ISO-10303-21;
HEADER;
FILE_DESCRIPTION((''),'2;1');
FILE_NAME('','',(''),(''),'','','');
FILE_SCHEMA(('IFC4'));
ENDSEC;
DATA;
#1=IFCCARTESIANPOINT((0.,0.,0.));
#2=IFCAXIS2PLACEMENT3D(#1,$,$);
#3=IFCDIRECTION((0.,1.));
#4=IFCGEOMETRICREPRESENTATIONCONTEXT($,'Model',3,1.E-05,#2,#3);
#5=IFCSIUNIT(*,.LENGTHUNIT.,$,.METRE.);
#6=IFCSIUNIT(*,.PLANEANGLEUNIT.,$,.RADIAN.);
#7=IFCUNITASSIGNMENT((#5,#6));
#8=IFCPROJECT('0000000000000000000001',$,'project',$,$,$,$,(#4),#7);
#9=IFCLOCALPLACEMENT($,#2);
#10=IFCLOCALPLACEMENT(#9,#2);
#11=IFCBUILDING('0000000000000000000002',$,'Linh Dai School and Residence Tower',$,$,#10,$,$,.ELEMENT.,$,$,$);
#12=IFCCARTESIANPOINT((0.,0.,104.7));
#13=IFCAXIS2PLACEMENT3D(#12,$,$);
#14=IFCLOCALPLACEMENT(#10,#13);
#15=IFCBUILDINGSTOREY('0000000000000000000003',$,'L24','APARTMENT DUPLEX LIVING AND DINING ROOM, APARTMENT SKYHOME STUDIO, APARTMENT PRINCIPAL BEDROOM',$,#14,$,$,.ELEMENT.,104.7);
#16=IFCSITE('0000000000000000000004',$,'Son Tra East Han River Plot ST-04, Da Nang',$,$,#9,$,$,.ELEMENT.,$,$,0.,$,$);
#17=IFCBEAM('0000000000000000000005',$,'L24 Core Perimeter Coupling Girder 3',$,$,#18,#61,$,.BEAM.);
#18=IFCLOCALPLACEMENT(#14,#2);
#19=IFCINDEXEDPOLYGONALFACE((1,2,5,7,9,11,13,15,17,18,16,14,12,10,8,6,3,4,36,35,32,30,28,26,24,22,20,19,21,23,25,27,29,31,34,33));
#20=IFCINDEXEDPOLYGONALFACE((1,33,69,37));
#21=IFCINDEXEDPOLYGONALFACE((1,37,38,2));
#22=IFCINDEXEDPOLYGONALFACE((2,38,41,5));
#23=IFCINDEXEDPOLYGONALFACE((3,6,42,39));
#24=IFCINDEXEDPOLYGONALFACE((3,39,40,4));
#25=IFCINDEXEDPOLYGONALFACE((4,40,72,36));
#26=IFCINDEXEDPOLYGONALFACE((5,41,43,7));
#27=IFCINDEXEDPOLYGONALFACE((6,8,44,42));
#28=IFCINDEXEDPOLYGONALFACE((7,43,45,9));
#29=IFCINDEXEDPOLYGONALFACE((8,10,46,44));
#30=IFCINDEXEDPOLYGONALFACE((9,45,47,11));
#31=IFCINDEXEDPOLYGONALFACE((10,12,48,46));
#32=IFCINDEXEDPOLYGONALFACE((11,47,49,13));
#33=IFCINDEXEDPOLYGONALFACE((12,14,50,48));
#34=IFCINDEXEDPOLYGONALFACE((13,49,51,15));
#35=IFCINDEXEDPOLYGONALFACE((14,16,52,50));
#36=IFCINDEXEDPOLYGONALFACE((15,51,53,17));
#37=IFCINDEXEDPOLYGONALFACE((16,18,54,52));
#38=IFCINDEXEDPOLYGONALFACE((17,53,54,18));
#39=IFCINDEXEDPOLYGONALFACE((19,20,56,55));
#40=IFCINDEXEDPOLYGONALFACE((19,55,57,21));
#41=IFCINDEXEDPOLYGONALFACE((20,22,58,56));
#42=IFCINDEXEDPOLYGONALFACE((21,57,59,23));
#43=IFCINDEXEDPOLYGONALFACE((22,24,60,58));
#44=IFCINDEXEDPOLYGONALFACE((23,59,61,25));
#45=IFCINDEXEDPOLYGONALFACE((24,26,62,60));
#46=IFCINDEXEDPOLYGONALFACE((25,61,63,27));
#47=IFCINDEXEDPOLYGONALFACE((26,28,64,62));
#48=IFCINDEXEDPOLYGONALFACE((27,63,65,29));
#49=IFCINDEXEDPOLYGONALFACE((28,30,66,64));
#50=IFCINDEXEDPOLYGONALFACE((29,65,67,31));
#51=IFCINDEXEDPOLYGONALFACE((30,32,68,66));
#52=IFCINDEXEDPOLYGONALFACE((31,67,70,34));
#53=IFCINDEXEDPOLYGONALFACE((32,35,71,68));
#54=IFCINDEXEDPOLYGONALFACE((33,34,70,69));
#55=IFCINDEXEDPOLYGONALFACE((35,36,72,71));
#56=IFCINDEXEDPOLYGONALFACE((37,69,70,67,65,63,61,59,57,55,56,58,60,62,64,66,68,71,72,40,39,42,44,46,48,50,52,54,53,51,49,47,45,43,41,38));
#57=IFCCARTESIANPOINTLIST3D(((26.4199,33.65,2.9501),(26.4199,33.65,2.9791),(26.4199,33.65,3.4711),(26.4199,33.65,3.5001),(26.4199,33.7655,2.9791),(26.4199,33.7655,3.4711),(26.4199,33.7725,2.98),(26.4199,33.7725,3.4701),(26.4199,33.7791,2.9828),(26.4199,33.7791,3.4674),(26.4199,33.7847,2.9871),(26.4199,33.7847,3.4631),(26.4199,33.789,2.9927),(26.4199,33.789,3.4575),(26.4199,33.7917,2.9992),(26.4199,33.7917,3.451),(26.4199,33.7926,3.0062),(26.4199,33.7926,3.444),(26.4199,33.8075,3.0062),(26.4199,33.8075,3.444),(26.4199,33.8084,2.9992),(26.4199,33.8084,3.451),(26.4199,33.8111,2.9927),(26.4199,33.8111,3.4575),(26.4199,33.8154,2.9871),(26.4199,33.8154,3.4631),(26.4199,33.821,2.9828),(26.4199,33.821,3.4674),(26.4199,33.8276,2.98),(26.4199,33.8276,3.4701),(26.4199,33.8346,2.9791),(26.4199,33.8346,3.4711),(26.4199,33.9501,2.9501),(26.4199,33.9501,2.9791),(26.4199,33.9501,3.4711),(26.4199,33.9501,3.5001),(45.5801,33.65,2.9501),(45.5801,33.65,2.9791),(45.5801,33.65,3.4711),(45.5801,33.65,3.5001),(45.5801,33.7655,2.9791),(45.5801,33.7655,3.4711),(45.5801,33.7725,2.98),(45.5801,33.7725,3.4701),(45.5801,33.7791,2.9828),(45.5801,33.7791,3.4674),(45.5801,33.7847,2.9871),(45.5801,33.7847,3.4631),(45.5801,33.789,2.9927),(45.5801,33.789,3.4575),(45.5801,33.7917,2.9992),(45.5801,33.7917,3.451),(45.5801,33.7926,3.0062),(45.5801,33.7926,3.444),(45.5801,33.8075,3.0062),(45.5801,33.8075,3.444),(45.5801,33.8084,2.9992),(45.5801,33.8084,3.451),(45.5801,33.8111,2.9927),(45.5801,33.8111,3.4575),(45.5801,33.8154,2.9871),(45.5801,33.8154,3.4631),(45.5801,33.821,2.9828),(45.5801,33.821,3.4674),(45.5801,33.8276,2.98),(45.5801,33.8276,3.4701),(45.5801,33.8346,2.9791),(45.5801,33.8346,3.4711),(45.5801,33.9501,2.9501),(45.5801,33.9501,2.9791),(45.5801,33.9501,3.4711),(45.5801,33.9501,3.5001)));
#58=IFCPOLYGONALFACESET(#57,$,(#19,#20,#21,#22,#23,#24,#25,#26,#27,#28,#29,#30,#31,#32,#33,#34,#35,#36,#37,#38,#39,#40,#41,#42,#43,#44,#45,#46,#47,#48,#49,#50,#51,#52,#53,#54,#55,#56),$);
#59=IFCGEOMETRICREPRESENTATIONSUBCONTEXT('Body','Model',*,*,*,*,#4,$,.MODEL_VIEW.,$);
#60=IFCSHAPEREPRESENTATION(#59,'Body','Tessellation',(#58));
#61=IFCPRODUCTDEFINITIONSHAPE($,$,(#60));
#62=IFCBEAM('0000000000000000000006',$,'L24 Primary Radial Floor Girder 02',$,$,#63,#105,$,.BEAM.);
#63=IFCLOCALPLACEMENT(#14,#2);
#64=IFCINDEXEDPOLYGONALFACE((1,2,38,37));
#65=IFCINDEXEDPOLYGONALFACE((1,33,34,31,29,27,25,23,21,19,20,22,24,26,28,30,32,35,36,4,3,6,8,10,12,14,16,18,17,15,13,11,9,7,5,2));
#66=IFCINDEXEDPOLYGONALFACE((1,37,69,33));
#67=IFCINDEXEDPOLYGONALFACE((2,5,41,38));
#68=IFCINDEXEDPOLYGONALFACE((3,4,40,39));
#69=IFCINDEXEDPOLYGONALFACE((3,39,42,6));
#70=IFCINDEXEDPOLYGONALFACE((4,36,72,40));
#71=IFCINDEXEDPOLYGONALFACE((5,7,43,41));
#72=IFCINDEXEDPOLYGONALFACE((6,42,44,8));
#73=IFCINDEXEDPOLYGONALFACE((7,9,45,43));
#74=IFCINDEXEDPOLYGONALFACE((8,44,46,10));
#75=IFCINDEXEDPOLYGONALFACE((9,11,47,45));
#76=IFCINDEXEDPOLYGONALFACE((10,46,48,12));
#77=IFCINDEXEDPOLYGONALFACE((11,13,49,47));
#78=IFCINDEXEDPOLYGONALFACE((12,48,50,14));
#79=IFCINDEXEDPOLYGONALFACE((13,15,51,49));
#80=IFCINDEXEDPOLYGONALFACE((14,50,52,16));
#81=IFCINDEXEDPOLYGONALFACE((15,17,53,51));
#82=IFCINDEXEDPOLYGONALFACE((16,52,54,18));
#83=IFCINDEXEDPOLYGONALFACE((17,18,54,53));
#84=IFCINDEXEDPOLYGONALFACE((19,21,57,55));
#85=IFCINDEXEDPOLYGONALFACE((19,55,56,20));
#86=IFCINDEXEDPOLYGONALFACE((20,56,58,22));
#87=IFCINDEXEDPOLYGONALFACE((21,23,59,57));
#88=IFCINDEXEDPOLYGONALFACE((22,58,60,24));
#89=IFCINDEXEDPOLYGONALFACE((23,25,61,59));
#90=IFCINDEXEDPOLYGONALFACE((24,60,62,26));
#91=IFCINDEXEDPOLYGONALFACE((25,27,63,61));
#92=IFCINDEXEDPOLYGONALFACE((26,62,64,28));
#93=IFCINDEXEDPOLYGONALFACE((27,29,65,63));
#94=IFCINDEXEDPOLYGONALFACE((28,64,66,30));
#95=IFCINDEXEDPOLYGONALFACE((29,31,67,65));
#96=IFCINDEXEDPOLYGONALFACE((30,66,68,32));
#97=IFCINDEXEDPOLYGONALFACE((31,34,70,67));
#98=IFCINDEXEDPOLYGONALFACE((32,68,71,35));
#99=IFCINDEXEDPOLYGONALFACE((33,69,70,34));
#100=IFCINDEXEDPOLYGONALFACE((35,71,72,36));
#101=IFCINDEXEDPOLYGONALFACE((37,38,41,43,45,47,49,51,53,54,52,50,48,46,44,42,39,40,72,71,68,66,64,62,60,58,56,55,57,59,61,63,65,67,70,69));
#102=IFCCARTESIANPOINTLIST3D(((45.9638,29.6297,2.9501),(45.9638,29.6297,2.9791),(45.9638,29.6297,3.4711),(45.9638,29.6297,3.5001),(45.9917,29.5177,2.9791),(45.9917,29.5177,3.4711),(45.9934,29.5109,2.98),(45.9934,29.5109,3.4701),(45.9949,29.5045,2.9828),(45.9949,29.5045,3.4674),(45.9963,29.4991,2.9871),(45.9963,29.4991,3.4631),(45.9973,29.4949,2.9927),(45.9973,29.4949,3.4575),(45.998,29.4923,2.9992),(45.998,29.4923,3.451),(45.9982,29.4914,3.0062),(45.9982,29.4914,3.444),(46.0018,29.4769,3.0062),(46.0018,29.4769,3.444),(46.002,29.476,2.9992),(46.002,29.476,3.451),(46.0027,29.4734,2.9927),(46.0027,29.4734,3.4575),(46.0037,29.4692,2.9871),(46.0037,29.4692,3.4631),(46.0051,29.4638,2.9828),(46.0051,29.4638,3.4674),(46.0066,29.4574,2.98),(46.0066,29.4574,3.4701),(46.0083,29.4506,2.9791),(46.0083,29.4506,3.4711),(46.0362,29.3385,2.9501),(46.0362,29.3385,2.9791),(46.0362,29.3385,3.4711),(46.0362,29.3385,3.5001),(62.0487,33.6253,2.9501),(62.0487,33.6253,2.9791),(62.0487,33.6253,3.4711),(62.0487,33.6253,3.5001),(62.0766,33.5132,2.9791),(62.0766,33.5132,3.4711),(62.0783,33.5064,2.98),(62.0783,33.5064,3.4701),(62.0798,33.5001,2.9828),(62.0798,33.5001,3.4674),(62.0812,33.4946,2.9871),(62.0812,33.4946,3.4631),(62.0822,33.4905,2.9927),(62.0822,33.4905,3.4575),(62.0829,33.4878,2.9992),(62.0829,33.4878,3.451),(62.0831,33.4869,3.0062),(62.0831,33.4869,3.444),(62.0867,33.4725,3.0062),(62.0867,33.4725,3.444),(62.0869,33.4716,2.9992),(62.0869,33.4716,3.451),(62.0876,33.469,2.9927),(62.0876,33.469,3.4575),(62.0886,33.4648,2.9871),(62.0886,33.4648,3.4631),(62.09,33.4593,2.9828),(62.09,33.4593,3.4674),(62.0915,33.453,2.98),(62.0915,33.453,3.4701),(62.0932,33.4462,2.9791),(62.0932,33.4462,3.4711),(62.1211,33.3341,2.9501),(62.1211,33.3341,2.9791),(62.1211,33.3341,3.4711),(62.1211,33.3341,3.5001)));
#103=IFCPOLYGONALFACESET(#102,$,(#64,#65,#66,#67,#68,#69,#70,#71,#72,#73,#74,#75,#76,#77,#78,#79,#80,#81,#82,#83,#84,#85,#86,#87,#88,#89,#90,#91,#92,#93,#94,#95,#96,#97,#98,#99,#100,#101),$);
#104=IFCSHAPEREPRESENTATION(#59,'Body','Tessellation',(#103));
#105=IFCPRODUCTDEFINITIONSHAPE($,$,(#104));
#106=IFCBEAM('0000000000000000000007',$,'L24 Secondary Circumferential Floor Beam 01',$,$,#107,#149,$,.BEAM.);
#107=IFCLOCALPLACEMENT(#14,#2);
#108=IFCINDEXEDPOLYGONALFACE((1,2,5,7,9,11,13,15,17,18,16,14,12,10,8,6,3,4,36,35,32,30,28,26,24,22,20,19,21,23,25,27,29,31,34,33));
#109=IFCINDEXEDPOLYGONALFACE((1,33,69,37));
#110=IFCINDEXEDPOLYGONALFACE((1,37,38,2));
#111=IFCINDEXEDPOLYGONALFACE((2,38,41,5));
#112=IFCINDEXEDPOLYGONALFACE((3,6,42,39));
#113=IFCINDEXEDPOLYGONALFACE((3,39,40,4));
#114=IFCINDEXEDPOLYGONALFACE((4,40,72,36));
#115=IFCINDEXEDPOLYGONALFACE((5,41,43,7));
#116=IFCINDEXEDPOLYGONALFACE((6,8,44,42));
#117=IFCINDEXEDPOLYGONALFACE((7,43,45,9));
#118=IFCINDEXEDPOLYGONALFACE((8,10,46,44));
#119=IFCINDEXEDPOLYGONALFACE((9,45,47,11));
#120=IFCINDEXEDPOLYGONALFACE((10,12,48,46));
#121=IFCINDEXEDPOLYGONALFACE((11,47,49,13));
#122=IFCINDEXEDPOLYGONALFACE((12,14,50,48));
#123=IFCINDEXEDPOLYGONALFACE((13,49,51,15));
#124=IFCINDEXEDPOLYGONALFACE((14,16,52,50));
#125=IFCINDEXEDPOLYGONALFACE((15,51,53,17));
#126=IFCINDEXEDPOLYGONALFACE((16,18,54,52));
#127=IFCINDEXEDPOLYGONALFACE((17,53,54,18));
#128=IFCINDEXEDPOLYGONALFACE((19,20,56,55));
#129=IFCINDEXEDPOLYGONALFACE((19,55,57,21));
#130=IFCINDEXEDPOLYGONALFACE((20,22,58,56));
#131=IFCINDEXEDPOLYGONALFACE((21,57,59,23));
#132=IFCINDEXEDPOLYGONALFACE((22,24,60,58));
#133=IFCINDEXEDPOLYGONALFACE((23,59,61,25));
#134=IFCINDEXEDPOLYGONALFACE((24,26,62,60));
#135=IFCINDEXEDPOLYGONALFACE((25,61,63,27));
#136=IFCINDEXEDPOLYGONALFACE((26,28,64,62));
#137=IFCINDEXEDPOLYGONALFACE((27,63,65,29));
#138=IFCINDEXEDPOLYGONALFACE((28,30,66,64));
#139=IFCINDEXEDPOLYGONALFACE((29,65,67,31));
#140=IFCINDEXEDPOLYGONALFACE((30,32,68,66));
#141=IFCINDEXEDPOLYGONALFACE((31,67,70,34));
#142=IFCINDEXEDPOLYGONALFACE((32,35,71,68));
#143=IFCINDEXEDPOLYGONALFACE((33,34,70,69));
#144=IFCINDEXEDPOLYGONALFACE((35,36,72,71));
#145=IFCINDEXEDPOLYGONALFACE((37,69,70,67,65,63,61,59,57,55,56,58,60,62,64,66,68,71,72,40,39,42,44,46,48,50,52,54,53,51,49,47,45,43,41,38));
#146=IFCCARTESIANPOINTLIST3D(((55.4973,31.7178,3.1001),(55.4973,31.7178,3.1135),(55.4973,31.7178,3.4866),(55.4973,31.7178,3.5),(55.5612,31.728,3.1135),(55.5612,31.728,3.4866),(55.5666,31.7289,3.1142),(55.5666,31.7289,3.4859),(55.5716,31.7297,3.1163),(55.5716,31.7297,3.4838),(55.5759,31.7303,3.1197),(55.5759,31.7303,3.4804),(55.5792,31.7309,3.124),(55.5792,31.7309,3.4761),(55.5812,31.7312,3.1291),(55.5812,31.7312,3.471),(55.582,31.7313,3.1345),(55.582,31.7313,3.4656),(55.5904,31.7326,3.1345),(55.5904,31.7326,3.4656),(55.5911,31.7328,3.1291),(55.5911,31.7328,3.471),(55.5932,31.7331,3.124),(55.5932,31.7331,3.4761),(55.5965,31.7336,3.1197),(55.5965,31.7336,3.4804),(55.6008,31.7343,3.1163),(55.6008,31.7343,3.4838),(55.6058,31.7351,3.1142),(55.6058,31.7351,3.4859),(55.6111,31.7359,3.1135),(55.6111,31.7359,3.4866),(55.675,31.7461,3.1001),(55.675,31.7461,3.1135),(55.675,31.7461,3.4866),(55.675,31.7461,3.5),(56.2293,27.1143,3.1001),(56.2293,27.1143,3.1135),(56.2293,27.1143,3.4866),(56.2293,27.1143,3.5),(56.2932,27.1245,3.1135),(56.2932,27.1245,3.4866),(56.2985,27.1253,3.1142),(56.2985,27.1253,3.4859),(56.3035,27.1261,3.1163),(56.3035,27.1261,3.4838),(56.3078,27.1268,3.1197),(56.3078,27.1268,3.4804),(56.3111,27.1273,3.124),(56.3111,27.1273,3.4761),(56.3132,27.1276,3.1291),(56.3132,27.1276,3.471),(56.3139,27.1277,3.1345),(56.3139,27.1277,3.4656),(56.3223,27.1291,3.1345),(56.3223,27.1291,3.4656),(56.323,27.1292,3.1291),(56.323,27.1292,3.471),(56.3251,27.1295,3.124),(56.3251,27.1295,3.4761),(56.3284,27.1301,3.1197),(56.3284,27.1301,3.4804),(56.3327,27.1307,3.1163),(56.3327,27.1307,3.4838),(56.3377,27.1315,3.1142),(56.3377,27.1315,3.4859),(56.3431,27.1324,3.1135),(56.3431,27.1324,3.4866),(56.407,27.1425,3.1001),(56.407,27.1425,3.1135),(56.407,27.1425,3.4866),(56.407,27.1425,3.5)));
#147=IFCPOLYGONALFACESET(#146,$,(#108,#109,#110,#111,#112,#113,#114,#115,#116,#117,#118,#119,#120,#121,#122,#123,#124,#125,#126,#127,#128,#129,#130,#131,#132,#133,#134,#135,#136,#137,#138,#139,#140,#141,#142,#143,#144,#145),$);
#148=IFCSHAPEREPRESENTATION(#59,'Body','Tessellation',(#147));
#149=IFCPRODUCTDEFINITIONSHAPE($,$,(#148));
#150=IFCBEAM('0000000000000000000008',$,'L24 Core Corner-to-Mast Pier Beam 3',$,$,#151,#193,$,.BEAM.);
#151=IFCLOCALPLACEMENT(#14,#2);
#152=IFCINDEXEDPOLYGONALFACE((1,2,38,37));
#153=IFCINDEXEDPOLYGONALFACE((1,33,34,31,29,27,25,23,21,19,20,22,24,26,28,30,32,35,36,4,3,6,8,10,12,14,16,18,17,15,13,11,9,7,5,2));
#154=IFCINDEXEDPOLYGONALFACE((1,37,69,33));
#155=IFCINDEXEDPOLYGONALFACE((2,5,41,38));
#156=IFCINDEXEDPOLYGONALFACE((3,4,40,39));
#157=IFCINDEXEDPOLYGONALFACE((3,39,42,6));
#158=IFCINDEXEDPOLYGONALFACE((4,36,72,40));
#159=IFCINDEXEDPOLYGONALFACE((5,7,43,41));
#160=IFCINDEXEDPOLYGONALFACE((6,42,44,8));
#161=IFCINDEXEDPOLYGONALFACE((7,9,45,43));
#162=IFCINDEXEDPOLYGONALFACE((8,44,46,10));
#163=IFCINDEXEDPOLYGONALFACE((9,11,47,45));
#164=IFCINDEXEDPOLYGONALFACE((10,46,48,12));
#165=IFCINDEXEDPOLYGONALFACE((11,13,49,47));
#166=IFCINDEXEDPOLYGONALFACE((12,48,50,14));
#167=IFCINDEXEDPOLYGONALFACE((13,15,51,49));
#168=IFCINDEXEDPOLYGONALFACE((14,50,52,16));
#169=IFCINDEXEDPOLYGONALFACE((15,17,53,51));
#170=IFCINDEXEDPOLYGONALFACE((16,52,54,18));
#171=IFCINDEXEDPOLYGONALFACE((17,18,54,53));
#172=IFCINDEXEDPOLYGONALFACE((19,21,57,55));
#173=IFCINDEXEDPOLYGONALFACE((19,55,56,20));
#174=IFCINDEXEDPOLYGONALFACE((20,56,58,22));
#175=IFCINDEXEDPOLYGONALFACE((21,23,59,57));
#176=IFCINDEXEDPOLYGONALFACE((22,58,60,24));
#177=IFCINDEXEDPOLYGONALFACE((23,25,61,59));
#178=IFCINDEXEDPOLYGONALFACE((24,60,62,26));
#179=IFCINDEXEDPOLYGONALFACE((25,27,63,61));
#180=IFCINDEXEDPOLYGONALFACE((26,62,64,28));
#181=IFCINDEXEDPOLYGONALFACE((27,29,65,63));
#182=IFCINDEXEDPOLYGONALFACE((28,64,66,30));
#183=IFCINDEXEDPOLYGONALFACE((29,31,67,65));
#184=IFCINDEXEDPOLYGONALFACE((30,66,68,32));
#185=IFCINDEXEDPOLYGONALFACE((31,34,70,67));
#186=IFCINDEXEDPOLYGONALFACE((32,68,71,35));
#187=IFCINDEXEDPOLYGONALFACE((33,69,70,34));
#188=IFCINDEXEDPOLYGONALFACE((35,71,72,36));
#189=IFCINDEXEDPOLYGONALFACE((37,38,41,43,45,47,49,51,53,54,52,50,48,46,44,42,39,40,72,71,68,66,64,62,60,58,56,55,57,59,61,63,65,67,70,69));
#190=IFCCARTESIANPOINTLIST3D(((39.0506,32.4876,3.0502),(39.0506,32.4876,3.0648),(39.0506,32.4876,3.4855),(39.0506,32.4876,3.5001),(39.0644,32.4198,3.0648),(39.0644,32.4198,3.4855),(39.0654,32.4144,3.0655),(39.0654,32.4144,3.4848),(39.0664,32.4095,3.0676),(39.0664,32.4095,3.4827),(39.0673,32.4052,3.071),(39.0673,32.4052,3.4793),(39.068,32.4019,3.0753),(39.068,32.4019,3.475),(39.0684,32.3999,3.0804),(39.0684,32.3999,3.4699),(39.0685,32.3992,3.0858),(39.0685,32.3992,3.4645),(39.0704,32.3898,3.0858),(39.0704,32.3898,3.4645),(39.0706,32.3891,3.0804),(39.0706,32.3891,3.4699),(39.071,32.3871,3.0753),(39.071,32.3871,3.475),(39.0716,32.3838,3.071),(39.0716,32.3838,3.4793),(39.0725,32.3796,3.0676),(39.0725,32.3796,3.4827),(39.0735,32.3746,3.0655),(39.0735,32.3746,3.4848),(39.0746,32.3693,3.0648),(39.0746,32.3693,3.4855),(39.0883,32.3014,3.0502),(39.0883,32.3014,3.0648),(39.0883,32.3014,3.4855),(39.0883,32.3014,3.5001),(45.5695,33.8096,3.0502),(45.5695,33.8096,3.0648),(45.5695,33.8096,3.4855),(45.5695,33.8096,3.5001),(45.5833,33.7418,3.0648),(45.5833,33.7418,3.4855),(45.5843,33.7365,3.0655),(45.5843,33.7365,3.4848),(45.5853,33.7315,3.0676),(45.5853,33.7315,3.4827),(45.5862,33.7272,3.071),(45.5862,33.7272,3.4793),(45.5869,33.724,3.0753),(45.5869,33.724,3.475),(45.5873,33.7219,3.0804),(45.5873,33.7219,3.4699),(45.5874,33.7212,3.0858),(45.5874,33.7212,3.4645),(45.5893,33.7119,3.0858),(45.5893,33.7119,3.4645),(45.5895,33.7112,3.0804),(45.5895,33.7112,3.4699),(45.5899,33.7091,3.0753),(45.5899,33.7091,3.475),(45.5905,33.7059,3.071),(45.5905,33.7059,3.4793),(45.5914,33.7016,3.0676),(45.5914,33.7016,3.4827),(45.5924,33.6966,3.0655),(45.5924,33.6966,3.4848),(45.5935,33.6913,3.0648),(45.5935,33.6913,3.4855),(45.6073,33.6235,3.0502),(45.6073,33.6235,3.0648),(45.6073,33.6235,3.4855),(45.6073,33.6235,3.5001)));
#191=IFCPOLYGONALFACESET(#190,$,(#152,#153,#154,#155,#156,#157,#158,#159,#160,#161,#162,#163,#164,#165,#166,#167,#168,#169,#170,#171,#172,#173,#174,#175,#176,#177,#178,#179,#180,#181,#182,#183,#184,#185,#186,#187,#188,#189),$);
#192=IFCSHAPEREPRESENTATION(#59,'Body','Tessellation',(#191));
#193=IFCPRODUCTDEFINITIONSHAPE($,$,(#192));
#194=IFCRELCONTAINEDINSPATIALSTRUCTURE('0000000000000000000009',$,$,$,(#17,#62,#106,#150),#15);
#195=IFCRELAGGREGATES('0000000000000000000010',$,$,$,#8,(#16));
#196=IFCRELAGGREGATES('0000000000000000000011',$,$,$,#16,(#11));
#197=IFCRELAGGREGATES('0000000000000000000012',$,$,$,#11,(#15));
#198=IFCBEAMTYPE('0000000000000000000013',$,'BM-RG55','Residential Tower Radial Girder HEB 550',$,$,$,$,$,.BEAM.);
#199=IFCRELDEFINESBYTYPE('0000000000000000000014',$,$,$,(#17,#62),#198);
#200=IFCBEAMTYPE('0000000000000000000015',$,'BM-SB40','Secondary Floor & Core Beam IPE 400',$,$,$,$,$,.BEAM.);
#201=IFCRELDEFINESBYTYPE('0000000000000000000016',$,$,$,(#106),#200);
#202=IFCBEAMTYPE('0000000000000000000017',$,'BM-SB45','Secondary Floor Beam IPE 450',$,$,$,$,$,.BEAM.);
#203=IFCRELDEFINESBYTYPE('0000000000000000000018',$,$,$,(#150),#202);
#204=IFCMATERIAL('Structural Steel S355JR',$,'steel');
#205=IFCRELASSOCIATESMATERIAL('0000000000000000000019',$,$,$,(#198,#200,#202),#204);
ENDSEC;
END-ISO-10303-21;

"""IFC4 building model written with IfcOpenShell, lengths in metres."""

from ifc_helpers import new_model, si_unit, direction, frame, origin, origin_2d, place, context, subcontext, project, spatial, i_section, extrude, material, material_profile, profile_set, type_object, element, save


model = new_model("IFC4")

# Units and contexts
model_context = context("Model", 3, precision=1e-05, world=origin(), true_north=direction((0.0, 1.0)))
body_context = subcontext(model_context, "Body", "Model", "MODEL_VIEW")
ifc_project = project(units=[si_unit("LENGTHUNIT", "METRE"), si_unit("PLANEANGLEUNIT", "RADIAN")], contexts=[model_context])

# Site, building, storey
site_placement = place(None, origin())
site = spatial("IfcSite", under=ifc_project, at=site_placement, Name="Son Tra East Han River Plot ST-04, Da Nang", CompositionType="ELEMENT", RefElevation=0.0)
building_placement = place(site_placement, origin())
building = spatial("IfcBuilding", under=site, at=building_placement, Name="Linh Dai School and Residence Tower", CompositionType="ELEMENT")
storey_placement = place(building_placement, frame((0.0, 0.0, 104.7)))
storey = spatial("IfcBuildingStorey", under=building, at=storey_placement, Name="L24", Description="APARTMENT DUPLEX LIVING AND DINING ROOM, APARTMENT SKYHOME STUDIO, APARTMENT PRINCIPAL BEDROOM", CompositionType="ELEMENT", Elevation=104.7)

# Shared definitions
ifc_material_1 = material(Name="Structural Steel S355JR", Category="steel")

# Beams
ifc_material_profile_1 = material_profile(ifc_material_1, i_section(OverallWidth=0.3, OverallDepth=0.55, WebThickness=0.0149, FlangeThickness=0.0291, FilletRadius=0.0271, at=origin_2d()), Name="HEB 550")
ifc_profile_set_1 = profile_set([ifc_material_profile_1], Name="Structural Steel S355JR")
beam_type_1 = type_object("IfcBeamType", Name="BM-RG55", Description="Residential Tower Radial Girder HEB 550", PredefinedType="BEAM", material=ifc_profile_set_1)
beam_1_placement = place(storey_placement, frame((45.5801, 33.8, 3.2251), z_axis=(-1.0, 0.0, 0.0), x_axis=(0.0, -1.0, 0.0)))
element("IfcBeam", 1, at=beam_1_placement, inside=storey, type_object=beam_type_1, Name="L24 Core Perimeter Coupling Girder 3", PredefinedType="BEAM", context=body_context, shape_type="SweptSolid", body=[
    extrude(i_section(OverallWidth=0.3, OverallDepth=0.55, WebThickness=0.0149, FlangeThickness=0.0291, FilletRadius=0.0271, at=origin_2d()), origin(), (0.0, 0.0, 1.0), 19.1602),
])
beam_2_placement = place(storey_placement, frame((46.0, 29.4841, 3.2251), z_axis=(0.970505, 0.24108, 0.0), x_axis=(-0.24108, 0.970505, 0.0)))
element("IfcBeam", 2, at=beam_2_placement, inside=storey, type_object=beam_type_1, Name="L24 Primary Radial Floor Girder 02", PredefinedType="BEAM", context=body_context, shape_type="SweptSolid", body=[
    extrude(i_section(OverallWidth=0.3, OverallDepth=0.55, WebThickness=0.0149, FlangeThickness=0.0291, FilletRadius=0.0271, at=origin_2d()), origin(), (0.0, 0.0, 1.0), 16.5737),
])
ifc_material_profile_2 = material_profile(ifc_material_1, i_section(OverallWidth=0.1799, OverallDepth=0.3999, WebThickness=0.0085, FlangeThickness=0.0134, FilletRadius=0.021, at=origin_2d()), Name="IPE 400")
ifc_profile_set_2 = profile_set([ifc_material_profile_2], Name="Structural Steel S355JR")
beam_type_2 = type_object("IfcBeamType", Name="BM-SB40", Description="Secondary Floor & Core Beam IPE 400", PredefinedType="BEAM", material=ifc_profile_set_2)
beam_3_placement = place(storey_placement, frame((56.3181, 27.1284, 3.3), z_axis=(-0.157022, 0.987595, 0.0), x_axis=(-0.987595, -0.157022, 0.0)))
element("IfcBeam", 3, at=beam_3_placement, inside=storey, type_object=beam_type_2, Name="L24 Secondary Circumferential Floor Beam 01", PredefinedType="BEAM", context=body_context, shape_type="SweptSolid", body=[
    extrude(i_section(OverallWidth=0.1799, OverallDepth=0.3999, WebThickness=0.0085, FlangeThickness=0.0134, FilletRadius=0.021, at=origin_2d()), origin(), (0.0, 0.0, 1.0), 4.6614),
])
ifc_material_profile_3 = material_profile(ifc_material_1, i_section(OverallWidth=0.1899, OverallDepth=0.45, WebThickness=0.0095, FlangeThickness=0.0146, FilletRadius=0.021, at=origin_2d()), Name="IPE 450")
ifc_profile_set_3 = profile_set([ifc_material_profile_3], Name="Structural Steel S355JR")
beam_type_3 = type_object("IfcBeamType", Name="BM-SB45", Description="Secondary Floor Beam IPE 450", PredefinedType="BEAM", material=ifc_profile_set_3)
beam_4_placement = place(storey_placement, frame((45.5884, 33.7166, 3.2751), z_axis=(-0.980049, -0.198755, 0.0), x_axis=(0.198755, -0.980049, 0.0)))
element("IfcBeam", 4, at=beam_4_placement, inside=storey, type_object=beam_type_3, Name="L24 Core Corner-to-Mast Pier Beam 3", PredefinedType="BEAM", context=body_context, shape_type="SweptSolid", body=[
    extrude(i_section(OverallWidth=0.1899, OverallDepth=0.45, WebThickness=0.0095, FlangeThickness=0.0146, FilletRadius=0.021, at=origin_2d()), origin(), (0.0, 0.0, 1.0), 6.6516),
])

save(model, "model.ifc")
